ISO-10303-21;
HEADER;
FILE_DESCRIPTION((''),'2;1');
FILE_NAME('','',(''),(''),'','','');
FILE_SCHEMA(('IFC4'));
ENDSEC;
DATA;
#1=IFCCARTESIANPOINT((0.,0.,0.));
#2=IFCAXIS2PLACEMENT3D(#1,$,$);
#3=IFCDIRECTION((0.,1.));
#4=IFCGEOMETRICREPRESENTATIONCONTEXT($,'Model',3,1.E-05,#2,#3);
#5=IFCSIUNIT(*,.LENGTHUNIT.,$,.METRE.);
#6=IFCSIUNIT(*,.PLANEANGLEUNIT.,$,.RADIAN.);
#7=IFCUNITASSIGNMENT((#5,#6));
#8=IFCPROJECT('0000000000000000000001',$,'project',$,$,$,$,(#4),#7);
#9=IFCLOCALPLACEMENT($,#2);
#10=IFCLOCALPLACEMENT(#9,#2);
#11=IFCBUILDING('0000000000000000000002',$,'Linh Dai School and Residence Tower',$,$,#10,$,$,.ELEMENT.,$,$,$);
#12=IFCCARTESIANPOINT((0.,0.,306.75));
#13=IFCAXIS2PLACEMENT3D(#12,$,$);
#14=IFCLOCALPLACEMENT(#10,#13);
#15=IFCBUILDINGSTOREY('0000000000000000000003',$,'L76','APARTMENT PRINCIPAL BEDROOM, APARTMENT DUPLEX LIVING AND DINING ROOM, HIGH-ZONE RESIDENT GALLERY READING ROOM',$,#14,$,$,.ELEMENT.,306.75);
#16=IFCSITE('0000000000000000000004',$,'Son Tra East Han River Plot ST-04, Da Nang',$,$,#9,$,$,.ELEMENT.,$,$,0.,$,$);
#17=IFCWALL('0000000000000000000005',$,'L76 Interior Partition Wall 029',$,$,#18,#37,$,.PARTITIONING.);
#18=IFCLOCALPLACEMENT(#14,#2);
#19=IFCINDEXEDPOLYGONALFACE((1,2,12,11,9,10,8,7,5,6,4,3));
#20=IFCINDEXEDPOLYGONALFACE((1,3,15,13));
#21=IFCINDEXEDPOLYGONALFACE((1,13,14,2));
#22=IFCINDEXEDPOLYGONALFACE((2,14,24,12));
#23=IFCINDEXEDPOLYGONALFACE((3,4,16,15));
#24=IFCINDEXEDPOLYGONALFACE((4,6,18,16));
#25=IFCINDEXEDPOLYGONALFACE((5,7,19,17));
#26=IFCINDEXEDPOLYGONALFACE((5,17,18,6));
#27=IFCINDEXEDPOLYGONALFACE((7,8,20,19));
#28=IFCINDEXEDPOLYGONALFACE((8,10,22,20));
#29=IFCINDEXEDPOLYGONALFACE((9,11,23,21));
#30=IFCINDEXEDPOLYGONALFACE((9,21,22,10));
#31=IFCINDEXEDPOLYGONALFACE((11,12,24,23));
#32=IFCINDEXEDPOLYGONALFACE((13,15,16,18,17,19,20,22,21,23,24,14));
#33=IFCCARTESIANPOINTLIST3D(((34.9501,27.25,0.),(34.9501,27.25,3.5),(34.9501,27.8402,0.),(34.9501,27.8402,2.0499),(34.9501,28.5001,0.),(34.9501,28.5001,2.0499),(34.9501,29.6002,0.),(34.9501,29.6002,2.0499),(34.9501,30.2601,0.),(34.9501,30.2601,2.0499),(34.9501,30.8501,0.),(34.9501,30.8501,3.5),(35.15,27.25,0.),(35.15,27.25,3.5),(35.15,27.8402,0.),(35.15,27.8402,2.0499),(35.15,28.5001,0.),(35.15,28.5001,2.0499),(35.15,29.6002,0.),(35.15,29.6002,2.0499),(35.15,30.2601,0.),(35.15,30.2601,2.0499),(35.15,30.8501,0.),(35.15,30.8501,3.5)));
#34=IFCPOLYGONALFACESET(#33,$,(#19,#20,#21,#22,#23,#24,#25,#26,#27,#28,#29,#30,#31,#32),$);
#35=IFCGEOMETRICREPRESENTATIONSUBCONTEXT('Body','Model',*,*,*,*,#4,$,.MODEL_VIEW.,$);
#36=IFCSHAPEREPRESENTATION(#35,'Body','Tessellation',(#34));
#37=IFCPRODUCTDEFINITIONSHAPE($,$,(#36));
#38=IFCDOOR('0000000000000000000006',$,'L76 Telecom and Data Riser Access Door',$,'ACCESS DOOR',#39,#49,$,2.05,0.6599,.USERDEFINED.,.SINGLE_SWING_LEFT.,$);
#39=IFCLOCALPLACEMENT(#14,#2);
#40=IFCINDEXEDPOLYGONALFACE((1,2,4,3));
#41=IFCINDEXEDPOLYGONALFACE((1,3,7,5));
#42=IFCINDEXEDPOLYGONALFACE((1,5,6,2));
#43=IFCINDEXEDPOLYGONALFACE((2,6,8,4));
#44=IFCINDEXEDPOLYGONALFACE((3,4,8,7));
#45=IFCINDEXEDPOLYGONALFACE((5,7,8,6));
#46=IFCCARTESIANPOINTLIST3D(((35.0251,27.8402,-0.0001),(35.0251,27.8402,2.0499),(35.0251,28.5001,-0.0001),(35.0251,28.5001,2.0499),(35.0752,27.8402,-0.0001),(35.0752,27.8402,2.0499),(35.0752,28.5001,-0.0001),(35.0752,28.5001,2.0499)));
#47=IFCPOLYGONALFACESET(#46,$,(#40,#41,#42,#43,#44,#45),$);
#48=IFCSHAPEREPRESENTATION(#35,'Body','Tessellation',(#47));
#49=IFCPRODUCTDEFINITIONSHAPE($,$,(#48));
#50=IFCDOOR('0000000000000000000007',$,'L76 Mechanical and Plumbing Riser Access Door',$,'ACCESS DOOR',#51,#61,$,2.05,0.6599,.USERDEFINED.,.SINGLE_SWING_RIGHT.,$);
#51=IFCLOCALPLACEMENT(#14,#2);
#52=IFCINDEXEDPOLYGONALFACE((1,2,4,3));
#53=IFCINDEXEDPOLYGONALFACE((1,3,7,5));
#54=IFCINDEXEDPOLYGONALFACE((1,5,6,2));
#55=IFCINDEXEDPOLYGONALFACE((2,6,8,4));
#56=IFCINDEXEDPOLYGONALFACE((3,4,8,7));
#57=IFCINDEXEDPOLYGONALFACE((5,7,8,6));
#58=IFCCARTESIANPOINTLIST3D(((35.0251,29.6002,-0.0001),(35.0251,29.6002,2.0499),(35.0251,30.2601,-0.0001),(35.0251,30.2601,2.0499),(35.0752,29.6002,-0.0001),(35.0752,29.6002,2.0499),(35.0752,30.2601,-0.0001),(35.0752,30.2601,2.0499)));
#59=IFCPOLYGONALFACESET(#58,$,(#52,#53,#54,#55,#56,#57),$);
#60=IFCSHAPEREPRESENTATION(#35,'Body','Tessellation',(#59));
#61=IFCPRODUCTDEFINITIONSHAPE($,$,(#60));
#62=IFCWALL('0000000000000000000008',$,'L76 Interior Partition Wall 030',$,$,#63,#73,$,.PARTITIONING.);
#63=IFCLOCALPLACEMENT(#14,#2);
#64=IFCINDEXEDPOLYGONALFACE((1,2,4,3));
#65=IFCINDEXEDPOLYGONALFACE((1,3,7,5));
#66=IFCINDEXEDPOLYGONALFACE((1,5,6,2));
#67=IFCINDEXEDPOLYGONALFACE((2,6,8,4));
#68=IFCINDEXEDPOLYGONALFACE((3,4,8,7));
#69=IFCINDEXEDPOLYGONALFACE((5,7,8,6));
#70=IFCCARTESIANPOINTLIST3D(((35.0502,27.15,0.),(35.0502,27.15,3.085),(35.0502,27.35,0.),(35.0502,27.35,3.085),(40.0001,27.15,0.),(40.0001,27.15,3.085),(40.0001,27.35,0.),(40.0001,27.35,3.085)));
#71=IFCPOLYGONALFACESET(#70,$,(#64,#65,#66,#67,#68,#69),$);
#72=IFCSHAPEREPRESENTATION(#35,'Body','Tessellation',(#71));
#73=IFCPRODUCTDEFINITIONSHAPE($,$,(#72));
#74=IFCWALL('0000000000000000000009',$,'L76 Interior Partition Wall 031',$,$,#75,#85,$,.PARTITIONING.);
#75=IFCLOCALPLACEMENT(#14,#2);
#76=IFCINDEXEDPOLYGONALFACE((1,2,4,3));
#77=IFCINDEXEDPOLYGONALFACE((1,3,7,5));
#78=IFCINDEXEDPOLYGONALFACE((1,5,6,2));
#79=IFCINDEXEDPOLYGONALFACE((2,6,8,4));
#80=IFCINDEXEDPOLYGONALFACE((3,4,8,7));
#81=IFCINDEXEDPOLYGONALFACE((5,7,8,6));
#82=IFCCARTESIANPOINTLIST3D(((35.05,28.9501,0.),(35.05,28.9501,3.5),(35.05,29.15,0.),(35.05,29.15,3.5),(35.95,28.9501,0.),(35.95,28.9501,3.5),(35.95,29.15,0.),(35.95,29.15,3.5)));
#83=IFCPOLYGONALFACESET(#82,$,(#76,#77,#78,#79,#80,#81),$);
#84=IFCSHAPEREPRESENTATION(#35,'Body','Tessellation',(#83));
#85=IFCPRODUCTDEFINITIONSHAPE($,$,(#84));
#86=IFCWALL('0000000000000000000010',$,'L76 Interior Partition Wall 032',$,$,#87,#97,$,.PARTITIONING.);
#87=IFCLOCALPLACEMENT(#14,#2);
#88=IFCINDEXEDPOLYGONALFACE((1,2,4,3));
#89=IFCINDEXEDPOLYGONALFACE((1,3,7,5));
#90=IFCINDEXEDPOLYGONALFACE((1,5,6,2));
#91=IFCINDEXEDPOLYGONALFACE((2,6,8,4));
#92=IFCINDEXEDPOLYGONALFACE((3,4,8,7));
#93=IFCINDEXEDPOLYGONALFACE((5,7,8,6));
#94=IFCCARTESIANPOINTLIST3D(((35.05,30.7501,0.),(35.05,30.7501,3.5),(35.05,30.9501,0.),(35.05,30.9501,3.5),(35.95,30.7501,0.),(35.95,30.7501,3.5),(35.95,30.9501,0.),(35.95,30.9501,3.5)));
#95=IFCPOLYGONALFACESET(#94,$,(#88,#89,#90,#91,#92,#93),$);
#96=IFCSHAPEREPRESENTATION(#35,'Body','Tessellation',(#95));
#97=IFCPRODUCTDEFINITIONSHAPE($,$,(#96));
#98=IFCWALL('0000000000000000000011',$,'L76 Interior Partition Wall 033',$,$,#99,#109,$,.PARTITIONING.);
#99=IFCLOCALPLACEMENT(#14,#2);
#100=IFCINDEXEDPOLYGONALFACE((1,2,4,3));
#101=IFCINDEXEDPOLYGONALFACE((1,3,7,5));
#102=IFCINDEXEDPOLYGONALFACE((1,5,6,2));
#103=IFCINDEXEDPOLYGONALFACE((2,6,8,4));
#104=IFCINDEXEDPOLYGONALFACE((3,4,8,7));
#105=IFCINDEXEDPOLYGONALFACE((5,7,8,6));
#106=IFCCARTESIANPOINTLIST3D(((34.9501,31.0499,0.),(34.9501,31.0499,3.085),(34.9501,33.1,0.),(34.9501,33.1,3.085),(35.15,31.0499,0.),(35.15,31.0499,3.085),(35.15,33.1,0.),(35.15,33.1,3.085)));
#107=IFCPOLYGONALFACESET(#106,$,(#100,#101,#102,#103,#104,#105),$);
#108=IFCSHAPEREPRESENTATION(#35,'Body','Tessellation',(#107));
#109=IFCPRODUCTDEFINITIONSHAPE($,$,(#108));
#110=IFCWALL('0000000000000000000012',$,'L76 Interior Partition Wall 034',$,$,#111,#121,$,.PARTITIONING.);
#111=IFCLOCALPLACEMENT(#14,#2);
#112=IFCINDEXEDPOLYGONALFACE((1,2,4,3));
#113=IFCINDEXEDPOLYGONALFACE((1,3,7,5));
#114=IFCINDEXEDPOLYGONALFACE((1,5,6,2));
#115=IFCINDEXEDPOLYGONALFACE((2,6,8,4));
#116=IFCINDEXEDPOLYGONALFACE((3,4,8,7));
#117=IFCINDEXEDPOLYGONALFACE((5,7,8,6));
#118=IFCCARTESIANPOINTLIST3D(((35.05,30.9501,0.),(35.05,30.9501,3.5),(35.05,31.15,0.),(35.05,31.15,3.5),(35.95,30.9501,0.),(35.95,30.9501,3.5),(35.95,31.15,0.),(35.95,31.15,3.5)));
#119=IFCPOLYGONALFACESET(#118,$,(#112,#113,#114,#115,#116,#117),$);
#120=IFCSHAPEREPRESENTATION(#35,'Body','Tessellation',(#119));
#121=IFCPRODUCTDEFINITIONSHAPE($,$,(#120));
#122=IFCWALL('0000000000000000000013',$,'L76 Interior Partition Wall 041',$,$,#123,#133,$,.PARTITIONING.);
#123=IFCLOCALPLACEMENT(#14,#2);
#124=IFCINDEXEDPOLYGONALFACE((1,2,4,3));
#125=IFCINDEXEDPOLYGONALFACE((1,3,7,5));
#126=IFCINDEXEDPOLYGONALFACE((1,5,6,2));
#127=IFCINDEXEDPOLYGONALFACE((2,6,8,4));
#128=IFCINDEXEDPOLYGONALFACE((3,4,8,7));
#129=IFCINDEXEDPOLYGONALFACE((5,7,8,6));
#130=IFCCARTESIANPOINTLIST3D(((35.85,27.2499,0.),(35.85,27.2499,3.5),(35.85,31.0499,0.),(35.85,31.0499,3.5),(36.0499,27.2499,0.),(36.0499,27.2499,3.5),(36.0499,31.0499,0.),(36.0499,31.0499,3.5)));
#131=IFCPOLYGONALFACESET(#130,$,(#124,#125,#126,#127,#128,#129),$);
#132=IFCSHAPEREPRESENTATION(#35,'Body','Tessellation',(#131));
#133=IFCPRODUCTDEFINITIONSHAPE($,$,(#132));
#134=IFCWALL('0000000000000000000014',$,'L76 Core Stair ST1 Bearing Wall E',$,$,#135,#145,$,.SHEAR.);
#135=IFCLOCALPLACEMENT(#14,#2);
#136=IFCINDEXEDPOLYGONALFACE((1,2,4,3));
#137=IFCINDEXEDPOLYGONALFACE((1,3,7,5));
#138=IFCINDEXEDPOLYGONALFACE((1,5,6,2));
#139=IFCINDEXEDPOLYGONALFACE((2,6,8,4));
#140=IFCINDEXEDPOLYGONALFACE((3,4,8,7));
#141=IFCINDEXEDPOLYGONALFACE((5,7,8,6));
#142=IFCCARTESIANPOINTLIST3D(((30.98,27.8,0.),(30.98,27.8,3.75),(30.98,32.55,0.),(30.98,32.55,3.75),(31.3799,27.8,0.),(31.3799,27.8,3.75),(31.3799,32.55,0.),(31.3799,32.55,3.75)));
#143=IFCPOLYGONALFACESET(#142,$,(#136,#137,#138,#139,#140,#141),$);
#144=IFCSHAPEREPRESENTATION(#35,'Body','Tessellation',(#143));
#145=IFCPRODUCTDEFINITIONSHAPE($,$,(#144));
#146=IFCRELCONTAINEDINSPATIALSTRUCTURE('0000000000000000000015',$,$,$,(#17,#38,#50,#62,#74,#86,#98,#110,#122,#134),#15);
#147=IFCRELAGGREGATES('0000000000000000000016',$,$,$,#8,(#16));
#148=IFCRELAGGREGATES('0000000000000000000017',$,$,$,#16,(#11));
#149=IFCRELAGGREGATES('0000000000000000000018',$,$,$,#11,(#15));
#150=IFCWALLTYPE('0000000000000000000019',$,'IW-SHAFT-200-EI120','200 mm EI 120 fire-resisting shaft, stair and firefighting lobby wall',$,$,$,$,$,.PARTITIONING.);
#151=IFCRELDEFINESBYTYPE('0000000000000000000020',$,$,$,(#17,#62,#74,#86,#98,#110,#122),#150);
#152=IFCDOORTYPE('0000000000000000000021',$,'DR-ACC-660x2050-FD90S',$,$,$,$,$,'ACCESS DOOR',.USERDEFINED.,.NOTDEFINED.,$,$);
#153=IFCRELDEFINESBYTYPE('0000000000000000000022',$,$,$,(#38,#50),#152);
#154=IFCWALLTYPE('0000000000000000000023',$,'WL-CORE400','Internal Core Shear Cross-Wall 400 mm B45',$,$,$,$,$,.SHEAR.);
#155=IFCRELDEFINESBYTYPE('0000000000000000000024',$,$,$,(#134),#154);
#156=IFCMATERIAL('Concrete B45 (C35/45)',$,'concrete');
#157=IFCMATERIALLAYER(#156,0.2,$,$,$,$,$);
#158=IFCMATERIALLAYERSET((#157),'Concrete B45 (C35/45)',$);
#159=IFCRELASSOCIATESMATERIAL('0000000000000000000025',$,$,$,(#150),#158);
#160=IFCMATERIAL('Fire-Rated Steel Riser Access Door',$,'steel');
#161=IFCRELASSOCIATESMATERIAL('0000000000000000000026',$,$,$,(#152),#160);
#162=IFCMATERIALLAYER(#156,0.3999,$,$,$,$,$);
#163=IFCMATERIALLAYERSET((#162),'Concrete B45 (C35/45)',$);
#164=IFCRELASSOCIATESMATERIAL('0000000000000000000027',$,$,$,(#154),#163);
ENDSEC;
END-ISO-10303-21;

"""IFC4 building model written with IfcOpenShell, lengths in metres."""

from ifc_helpers import new_model, si_unit, direction, frame, frame_2d, origin, origin_2d, place, context, subcontext, project, spatial, rectangle, extrude, source, transform, mapped, material, layer, layer_set, type_object, element, fill, save


model = new_model("IFC4")

# Units and contexts
model_context = context("Model", 3, precision=1e-05, world=origin(), true_north=direction((0.0, 1.0)))
body_context = subcontext(model_context, "Body", "Model", "MODEL_VIEW")
ifc_project = project(units=[si_unit("LENGTHUNIT", "METRE"), si_unit("PLANEANGLEUNIT", "RADIAN")], contexts=[model_context])

# Site, building, storey
site_placement = place(None, origin())
site = spatial("IfcSite", under=ifc_project, at=site_placement, Name="Son Tra East Han River Plot ST-04, Da Nang", CompositionType="ELEMENT", RefElevation=0.0)
building_placement = place(site_placement, origin())
building = spatial("IfcBuilding", under=site, at=building_placement, Name="Linh Dai School and Residence Tower", CompositionType="ELEMENT")
storey_placement = place(building_placement, frame((0.0, 0.0, 306.75)))
storey = spatial("IfcBuildingStorey", under=building, at=storey_placement, Name="L76", Description="APARTMENT PRINCIPAL BEDROOM, APARTMENT DUPLEX LIVING AND DINING ROOM, HIGH-ZONE RESIDENT GALLERY READING ROOM", CompositionType="ELEMENT", Elevation=306.75)

# Shared definitions
ifc_material_1 = material(Name="Concrete B45 (C35/45)", Category="concrete")
ifc_layer_1 = layer(ifc_material_1, 0.2)
ifc_layer_set_1 = layer_set([ifc_layer_1], Name="Concrete B45 (C35/45)")
wall_type_1 = type_object("IfcWallType", Name="IW-SHAFT-200-EI120", Description="200 mm EI 120 fire-resisting shaft, stair and firefighting lobby wall", PredefinedType="PARTITIONING", material=ifc_layer_set_1)
ifc_material_2 = material(Name="Fire-Rated Steel Riser Access Door", Category="steel")
door_type_1 = type_object("IfcDoorType", Name="DR-ACC-660x2050-FD90S", ElementType="ACCESS DOOR", OperationType="NOTDEFINED", PredefinedType="USERDEFINED", material=ifc_material_2)
shared_shape_1 = source(origin(), body_context, "Body", "SweptSolid", [
    extrude(rectangle(XDim=0.6599, YDim=2.05, at=origin_2d()), frame((0.3301, 0.0249, 1.0249), z_axis=(0.0, -1.0, 0.0), x_axis=(1.0, 0.0, 0.0)), (0.0, 0.0, 1.0), 0.05),
])

# Wall, openings, doors
wall_1_placement = place(storey_placement, frame((35.05, 27.25, 0.0), z_axis=(0.0, 0.0, 1.0), x_axis=(0.0, 1.0, 0.0)))
wall_1 = element("IfcWall", 1, at=wall_1_placement, inside=storey, type_object=wall_type_1, Name="L76 Interior Partition Wall 029", PredefinedType="PARTITIONING", context=body_context, shape_type="SweptSolid", body=[
    extrude(rectangle(XDim=3.6001, YDim=0.2, at=frame_2d((1.8, 0.0))), origin(), (0.0, 0.0, 1.0), 3.5),
])
opening_1_placement = place(wall_1_placement, frame((0.5901, 0.0, 0.0)))
opening_1 = element("IfcOpeningElement", 2, at=opening_1_placement, cuts=wall_1, PredefinedType="OPENING", context=body_context, shape_type="SweptSolid", body=[
    extrude(rectangle(XDim=0.6599, YDim=2.05, at=origin_2d()), frame((0.3301, 0.1099, 1.0249), z_axis=(0.0, -1.0, 0.0), x_axis=(1.0, 0.0, 0.0)), (0.0, 0.0, 1.0), 0.22),
])
opening_2_placement = place(wall_1_placement, frame((2.3501, 0.0, 0.0)))
opening_2 = element("IfcOpeningElement", 3, at=opening_2_placement, cuts=wall_1, PredefinedType="OPENING", context=body_context, shape_type="SweptSolid", body=[
    extrude(rectangle(XDim=0.6599, YDim=2.05, at=origin_2d()), frame((0.3301, 0.1099, 1.0249), z_axis=(0.0, -1.0, 0.0), x_axis=(1.0, 0.0, 0.0)), (0.0, 0.0, 1.0), 0.22),
])
door_1_placement = place(opening_1_placement, origin())
door_1 = element("IfcDoor", 4, at=door_1_placement, inside=storey, type_object=door_type_1, Name="L76 Telecom and Data Riser Access Door", ObjectType="ACCESS DOOR", OperationType="SINGLE_SWING_LEFT", OverallHeight=2.05, OverallWidth=0.6599, PredefinedType="USERDEFINED", context=body_context, shape_type="MappedRepresentation", body=[
    mapped(shared_shape_1, transform((0.0, 0.0, 0.0), x_axis=(1.0, 0.0, 0.0), y_axis=(0.0, 1.0, 0.0), z_axis=(0.0, 0.0, 1.0), scale=1.0)),
])
fill(opening_1, door_1)
door_2_placement = place(opening_2_placement, origin())
door_2 = element("IfcDoor", 5, at=door_2_placement, inside=storey, type_object=door_type_1, Name="L76 Mechanical and Plumbing Riser Access Door", ObjectType="ACCESS DOOR", OperationType="SINGLE_SWING_RIGHT", OverallHeight=2.05, OverallWidth=0.6599, PredefinedType="USERDEFINED", context=body_context, shape_type="MappedRepresentation", body=[
    mapped(shared_shape_1, transform((0.0, 0.0, 0.0), x_axis=(1.0, 0.0, 0.0), y_axis=(0.0, 1.0, 0.0), z_axis=(0.0, 0.0, 1.0), scale=1.0)),
])
fill(opening_2, door_2)

# Walls
wall_2_placement = place(storey_placement, frame((35.05, 27.25, 0.0), z_axis=(0.0, 0.0, 1.0), x_axis=(1.0, 0.0, 0.0)))
element("IfcWall", 6, at=wall_2_placement, inside=storey, type_object=wall_type_1, Name="L76 Interior Partition Wall 030", PredefinedType="PARTITIONING", context=body_context, shape_type="SweptSolid", body=[
    extrude(rectangle(XDim=4.95, YDim=0.2, at=frame_2d((2.4751, 0.0))), origin(), (0.0, 0.0, 1.0), 3.085),
])
for number, where, z_axis, x_axis, name in (
    (7, (35.05, 29.05, 0.0), (0.0, 0.0, 1.0), (1.0, 0.0, 0.0), "L76 Interior Partition Wall 031"),
    (8, (35.05, 30.8501, 0.0), (0.0, 0.0, 1.0), (1.0, 0.0, 0.0), "L76 Interior Partition Wall 032"),
):
    element("IfcWall", number, at=place(storey_placement, frame(where, z_axis=z_axis, x_axis=x_axis)), inside=storey, type_object=wall_type_1, Name=name, PredefinedType="PARTITIONING", context=body_context, shape_type="SweptSolid", body=[
        extrude(rectangle(XDim=0.8999, YDim=0.2, at=frame_2d((0.45, 0.0))), origin(), (0.0, 0.0, 1.0), 3.5),
    ])
wall_3_placement = place(storey_placement, frame((35.05, 31.05, 0.0), z_axis=(0.0, 0.0, 1.0), x_axis=(0.0, 1.0, 0.0)))
element("IfcWall", 9, at=wall_3_placement, inside=storey, type_object=wall_type_1, Name="L76 Interior Partition Wall 033", PredefinedType="PARTITIONING", context=body_context, shape_type="SweptSolid", body=[
    extrude(rectangle(XDim=2.05, YDim=0.2, at=frame_2d((1.0249, 0.0))), origin(), (0.0, 0.0, 1.0), 3.085),
])
wall_4_placement = place(storey_placement, frame((35.05, 31.05, 0.0), z_axis=(0.0, 0.0, 1.0), x_axis=(1.0, 0.0, 0.0)))
element("IfcWall", 10, at=wall_4_placement, inside=storey, type_object=wall_type_1, Name="L76 Interior Partition Wall 034", PredefinedType="PARTITIONING", context=body_context, shape_type="SweptSolid", body=[
    extrude(rectangle(XDim=0.8999, YDim=0.2, at=frame_2d((0.45, 0.0))), origin(), (0.0, 0.0, 1.0), 3.5),
])
wall_5_placement = place(storey_placement, frame((35.95, 27.25, 0.0), z_axis=(0.0, 0.0, 1.0), x_axis=(0.0, 1.0, 0.0)))
element("IfcWall", 11, at=wall_5_placement, inside=storey, type_object=wall_type_1, Name="L76 Interior Partition Wall 041", PredefinedType="PARTITIONING", context=body_context, shape_type="SweptSolid", body=[
    extrude(rectangle(XDim=3.8, YDim=0.2, at=frame_2d((1.8999, 0.0))), origin(), (0.0, 0.0, 1.0), 3.5),
])

# Wall
ifc_layer_2 = layer(ifc_material_1, 0.3999)
ifc_layer_set_2 = layer_set([ifc_layer_2], Name="Concrete B45 (C35/45)")
wall_type_2 = type_object("IfcWallType", Name="WL-CORE400", Description="Internal Core Shear Cross-Wall 400 mm B45", PredefinedType="SHEAR", material=ifc_layer_set_2)
wall_6_placement = place(storey_placement, frame((31.1799, 27.8, 0.0), z_axis=(0.0, 0.0, 1.0), x_axis=(0.0, 1.0, 0.0)))
element("IfcWall", 12, at=wall_6_placement, inside=storey, type_object=wall_type_2, Name="L76 Core Stair ST1 Bearing Wall E", PredefinedType="SHEAR", context=body_context, shape_type="SweptSolid", body=[
    extrude(rectangle(XDim=4.75, YDim=0.3999, at=frame_2d((2.375, 0.0))), origin(), (0.0, 0.0, 1.0), 3.75),
])

save(model, "model.ifc")
